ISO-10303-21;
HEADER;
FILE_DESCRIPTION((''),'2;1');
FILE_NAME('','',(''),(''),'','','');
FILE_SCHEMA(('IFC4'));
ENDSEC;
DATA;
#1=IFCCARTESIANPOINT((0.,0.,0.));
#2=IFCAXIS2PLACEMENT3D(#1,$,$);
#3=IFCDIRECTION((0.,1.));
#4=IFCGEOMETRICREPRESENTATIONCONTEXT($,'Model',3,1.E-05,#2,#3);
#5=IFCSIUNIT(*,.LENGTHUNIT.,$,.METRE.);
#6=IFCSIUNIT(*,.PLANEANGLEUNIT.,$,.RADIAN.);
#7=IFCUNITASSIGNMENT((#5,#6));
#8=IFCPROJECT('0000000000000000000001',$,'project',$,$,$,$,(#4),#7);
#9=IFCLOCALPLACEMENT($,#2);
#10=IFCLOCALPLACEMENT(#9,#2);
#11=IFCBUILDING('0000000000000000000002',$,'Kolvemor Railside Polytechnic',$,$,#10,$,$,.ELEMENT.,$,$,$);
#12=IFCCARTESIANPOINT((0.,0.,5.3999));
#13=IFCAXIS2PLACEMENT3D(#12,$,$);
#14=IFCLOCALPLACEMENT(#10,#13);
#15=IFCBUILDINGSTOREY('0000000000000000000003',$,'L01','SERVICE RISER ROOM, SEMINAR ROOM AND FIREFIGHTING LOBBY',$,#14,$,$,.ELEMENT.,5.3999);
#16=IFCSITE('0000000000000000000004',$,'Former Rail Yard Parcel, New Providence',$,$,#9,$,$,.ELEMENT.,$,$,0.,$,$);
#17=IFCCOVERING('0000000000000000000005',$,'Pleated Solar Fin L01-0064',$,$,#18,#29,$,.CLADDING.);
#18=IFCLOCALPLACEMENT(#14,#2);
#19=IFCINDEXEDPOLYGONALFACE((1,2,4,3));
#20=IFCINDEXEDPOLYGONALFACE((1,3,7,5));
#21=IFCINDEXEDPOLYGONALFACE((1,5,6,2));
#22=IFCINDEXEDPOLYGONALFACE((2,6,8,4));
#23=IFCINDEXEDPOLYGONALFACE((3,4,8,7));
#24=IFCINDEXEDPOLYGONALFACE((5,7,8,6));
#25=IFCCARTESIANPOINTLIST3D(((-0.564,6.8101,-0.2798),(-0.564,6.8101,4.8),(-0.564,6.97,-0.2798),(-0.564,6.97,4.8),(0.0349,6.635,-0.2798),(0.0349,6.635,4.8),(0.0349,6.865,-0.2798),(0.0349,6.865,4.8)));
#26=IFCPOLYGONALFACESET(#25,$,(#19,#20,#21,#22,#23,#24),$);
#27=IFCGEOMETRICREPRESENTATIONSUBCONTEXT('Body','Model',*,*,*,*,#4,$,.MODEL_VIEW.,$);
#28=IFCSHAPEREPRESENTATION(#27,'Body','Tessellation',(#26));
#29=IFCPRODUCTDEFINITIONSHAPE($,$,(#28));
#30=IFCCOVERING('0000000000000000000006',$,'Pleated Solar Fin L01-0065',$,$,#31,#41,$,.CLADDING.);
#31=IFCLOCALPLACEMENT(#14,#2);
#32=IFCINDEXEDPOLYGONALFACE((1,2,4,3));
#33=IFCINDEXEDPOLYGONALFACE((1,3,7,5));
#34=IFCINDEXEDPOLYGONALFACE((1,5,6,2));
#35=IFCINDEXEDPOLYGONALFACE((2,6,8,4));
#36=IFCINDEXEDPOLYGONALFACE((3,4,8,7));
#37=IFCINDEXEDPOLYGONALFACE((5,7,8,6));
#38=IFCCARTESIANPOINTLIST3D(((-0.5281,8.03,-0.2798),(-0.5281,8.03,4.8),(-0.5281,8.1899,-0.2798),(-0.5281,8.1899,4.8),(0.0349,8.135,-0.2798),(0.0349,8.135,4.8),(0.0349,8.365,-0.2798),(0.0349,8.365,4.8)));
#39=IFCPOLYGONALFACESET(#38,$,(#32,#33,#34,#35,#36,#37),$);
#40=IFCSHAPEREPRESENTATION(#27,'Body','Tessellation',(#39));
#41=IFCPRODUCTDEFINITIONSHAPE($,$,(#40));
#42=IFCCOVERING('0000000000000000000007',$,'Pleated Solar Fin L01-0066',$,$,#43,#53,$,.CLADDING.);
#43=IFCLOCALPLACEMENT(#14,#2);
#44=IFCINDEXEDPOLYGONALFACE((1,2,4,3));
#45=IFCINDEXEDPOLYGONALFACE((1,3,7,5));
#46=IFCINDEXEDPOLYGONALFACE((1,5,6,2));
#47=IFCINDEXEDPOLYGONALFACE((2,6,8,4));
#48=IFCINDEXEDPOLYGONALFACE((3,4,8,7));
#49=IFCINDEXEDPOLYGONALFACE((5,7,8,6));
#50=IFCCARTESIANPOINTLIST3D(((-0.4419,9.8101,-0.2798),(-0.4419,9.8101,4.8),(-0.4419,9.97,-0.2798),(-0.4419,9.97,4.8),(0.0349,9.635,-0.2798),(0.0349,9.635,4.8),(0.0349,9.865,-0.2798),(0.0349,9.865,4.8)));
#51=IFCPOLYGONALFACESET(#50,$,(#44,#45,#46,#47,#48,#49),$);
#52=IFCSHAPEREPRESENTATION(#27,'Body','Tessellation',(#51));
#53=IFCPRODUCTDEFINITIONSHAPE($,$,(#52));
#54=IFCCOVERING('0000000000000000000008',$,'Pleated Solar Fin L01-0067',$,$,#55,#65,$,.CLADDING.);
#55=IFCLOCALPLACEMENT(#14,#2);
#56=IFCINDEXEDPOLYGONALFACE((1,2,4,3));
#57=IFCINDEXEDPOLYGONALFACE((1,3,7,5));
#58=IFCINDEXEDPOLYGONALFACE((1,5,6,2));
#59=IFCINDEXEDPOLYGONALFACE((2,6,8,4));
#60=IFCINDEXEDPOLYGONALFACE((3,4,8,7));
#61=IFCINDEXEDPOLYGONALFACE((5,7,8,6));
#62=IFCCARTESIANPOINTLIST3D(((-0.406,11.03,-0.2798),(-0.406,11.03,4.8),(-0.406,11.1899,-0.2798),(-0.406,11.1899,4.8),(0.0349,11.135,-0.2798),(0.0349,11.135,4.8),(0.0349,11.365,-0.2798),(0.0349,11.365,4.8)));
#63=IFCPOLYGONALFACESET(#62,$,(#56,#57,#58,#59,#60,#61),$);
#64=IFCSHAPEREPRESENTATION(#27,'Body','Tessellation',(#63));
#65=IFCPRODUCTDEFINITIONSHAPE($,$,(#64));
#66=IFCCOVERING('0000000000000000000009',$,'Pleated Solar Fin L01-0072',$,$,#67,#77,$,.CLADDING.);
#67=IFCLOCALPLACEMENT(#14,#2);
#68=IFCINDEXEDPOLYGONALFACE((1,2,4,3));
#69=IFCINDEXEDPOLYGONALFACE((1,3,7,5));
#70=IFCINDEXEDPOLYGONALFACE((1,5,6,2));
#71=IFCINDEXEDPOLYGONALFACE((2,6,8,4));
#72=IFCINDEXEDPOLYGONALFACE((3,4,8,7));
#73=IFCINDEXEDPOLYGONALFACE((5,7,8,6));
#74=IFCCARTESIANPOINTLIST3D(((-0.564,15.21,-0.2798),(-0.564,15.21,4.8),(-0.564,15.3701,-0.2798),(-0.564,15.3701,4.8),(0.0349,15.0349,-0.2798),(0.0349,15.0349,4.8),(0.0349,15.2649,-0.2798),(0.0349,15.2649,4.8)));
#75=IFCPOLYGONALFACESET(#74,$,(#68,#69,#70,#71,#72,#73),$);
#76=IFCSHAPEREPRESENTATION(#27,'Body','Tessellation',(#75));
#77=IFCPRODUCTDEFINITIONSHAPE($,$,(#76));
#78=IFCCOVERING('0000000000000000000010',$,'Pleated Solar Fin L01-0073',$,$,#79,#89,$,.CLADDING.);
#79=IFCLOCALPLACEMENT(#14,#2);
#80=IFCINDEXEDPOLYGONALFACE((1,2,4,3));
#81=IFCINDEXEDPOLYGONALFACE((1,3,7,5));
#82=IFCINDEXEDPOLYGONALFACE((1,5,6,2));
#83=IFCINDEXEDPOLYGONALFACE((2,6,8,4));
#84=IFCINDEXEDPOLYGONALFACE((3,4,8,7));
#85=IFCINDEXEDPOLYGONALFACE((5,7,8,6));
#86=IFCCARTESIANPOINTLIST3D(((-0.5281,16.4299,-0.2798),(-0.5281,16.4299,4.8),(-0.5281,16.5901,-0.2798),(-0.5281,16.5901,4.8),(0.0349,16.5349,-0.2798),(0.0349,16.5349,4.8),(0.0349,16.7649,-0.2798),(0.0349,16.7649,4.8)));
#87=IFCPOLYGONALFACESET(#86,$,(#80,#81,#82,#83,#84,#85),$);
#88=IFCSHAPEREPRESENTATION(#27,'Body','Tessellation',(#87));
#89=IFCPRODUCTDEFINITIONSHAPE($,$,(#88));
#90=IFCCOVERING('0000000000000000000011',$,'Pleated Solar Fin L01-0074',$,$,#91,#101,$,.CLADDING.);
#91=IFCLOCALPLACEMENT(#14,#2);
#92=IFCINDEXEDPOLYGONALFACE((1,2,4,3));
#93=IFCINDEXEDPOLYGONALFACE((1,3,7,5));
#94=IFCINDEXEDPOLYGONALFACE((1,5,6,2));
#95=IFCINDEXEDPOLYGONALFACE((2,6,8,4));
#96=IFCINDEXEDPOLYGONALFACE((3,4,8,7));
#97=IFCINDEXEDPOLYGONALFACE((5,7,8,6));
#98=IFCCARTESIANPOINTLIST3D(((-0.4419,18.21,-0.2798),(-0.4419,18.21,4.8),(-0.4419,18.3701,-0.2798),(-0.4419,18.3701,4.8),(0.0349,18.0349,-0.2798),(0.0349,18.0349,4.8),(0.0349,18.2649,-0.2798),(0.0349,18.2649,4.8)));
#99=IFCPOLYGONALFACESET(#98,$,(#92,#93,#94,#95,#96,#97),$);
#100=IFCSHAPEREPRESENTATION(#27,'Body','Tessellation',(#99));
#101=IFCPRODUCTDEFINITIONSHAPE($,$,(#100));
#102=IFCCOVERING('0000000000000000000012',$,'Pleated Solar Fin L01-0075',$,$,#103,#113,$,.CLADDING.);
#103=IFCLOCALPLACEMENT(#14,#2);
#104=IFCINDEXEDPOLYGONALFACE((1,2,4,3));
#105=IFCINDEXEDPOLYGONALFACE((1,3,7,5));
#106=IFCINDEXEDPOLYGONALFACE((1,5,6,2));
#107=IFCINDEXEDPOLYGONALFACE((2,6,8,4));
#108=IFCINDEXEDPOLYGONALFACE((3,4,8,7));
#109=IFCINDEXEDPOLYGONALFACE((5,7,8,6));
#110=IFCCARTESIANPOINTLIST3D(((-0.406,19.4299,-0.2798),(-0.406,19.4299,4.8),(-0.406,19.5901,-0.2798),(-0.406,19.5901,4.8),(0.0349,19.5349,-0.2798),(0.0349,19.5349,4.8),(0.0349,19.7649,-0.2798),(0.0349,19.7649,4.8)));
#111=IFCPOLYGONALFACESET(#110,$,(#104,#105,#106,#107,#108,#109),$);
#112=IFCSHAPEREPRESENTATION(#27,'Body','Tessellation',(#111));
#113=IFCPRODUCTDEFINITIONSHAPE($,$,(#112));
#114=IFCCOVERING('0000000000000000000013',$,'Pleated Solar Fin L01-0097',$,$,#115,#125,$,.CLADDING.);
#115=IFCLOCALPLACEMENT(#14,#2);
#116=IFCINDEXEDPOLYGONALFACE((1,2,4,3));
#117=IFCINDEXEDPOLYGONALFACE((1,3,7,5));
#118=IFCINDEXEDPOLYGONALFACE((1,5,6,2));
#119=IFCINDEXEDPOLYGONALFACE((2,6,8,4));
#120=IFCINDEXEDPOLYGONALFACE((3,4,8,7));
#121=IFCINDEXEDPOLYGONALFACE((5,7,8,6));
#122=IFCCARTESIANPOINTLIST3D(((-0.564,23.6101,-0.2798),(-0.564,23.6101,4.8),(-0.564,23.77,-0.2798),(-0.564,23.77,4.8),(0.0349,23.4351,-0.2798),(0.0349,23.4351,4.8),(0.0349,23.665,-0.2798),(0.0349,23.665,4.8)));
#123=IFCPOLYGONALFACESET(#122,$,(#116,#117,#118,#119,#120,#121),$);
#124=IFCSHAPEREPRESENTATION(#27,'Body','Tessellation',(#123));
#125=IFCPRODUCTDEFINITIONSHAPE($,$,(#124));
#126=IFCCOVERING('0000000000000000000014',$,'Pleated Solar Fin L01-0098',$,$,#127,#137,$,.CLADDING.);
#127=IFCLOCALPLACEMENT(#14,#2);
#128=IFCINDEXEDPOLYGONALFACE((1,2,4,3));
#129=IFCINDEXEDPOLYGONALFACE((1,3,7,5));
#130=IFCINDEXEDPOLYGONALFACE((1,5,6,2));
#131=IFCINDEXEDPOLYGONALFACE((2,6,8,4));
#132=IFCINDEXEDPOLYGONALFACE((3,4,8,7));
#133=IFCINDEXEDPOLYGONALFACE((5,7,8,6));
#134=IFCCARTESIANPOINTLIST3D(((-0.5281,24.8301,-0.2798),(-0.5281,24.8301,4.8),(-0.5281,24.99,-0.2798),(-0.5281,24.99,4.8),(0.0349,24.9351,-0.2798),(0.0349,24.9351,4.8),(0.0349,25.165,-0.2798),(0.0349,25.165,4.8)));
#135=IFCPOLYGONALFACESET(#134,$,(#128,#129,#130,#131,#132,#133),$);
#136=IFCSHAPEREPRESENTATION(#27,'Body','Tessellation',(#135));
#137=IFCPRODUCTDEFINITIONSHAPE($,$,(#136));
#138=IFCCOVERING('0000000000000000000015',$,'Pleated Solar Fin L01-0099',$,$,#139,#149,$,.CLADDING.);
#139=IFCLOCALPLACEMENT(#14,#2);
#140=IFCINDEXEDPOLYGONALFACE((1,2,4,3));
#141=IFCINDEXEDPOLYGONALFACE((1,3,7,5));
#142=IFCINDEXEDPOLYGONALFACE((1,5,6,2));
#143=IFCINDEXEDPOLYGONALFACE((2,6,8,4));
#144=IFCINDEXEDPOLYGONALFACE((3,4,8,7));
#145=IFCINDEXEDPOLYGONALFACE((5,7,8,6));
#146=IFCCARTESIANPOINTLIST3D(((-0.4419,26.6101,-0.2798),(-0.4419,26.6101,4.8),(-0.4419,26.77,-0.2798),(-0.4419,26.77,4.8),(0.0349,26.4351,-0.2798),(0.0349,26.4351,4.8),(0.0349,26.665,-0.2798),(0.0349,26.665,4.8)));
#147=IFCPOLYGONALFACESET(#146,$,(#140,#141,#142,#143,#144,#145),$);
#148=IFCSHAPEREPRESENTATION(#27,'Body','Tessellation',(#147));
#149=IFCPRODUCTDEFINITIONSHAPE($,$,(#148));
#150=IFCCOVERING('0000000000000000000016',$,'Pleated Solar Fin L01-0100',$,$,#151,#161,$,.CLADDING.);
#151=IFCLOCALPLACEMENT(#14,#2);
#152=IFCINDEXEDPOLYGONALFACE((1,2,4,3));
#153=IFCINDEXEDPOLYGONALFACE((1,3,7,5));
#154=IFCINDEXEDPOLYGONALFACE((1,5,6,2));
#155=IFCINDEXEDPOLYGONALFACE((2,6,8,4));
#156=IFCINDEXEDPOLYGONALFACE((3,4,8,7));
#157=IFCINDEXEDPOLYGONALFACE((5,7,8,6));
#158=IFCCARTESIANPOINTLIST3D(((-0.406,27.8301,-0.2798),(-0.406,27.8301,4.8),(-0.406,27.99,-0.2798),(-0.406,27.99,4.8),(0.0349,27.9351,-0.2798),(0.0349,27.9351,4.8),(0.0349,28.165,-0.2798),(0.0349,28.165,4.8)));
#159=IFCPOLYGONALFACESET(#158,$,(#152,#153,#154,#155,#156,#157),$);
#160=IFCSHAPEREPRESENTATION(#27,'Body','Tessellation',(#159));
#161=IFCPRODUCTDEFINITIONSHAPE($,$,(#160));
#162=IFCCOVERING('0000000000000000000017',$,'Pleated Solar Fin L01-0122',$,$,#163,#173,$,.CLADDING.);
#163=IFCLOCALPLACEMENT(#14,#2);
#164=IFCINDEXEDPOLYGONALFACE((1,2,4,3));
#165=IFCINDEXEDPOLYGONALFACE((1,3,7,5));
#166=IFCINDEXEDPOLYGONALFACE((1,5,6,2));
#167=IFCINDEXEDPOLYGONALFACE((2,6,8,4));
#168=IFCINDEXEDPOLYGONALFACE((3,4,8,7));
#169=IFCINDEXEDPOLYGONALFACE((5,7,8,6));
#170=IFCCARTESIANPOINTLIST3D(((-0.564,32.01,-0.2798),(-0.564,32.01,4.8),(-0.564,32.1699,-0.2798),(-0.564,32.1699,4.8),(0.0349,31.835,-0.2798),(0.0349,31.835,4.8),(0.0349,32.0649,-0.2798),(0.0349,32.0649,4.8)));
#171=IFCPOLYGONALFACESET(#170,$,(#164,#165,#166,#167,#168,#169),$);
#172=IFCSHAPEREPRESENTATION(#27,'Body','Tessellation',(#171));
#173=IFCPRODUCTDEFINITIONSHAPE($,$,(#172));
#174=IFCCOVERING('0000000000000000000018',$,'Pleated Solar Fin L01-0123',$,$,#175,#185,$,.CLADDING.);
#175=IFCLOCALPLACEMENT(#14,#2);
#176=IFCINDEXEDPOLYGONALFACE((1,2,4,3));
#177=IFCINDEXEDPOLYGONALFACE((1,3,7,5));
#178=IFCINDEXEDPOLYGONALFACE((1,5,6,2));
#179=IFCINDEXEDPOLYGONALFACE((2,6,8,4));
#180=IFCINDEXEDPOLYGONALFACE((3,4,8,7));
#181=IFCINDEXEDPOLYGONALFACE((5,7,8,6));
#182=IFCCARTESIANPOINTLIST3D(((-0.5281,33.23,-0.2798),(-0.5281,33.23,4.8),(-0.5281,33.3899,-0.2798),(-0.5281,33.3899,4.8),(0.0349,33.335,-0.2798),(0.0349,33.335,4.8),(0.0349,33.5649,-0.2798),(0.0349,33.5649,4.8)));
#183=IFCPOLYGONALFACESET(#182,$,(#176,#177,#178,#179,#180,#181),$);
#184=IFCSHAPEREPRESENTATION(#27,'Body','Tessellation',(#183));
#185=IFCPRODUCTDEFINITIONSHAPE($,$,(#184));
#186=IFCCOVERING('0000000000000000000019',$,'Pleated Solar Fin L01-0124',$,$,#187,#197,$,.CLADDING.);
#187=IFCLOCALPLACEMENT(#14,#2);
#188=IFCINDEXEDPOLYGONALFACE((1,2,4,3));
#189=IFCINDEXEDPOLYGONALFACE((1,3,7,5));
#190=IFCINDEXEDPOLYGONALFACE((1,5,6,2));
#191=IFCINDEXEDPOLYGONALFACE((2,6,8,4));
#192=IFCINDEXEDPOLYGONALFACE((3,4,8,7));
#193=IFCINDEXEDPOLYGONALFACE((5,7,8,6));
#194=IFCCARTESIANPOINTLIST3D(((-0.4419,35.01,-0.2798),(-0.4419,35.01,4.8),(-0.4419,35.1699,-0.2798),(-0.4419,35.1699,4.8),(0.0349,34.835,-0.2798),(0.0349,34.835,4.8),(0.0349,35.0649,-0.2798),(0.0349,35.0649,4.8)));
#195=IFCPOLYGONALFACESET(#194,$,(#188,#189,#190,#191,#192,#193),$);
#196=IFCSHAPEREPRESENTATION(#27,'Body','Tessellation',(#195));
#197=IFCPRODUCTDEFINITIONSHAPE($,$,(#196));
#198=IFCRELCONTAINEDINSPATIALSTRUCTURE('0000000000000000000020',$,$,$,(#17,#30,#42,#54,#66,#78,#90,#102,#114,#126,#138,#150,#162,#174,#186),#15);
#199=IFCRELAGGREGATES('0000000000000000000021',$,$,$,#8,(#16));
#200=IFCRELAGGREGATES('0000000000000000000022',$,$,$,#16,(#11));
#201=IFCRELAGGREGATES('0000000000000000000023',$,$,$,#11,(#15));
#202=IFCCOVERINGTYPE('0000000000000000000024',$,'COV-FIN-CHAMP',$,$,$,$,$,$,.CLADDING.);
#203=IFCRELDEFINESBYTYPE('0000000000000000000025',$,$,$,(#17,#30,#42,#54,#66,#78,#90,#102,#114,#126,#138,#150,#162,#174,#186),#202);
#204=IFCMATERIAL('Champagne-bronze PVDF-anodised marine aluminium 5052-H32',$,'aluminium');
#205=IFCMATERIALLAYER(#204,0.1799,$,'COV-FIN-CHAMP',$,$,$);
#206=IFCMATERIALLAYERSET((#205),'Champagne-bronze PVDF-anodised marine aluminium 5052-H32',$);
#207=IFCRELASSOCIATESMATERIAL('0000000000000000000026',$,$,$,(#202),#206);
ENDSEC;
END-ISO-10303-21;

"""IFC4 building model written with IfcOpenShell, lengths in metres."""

from ifc_helpers import new_model, si_unit, direction, frame, origin, place, context, subcontext, project, spatial, polyline, outline, extrude, material, layer, layer_set, type_object, element, save


model = new_model("IFC4")

# Units and contexts
model_context = context("Model", 3, precision=1e-05, world=origin(), true_north=direction((0.0, 1.0)))
body_context = subcontext(model_context, "Body", "Model", "MODEL_VIEW")
ifc_project = project(units=[si_unit("LENGTHUNIT", "METRE"), si_unit("PLANEANGLEUNIT", "RADIAN")], contexts=[model_context])

# Site, building, storey
site_placement = place(None, origin())
site = spatial("IfcSite", under=ifc_project, at=site_placement, Name="Former Rail Yard Parcel, New Providence", CompositionType="ELEMENT", RefElevation=0.0)
building_placement = place(site_placement, origin())
building = spatial("IfcBuilding", under=site, at=building_placement, Name="Kolvemor Railside Polytechnic", CompositionType="ELEMENT")
storey_placement = place(building_placement, frame((0.0, 0.0, 5.3999)))
storey = spatial("IfcBuildingStorey", under=building, at=storey_placement, Name="L01", Description="SERVICE RISER ROOM, SEMINAR ROOM AND FIREFIGHTING LOBBY", CompositionType="ELEMENT", Elevation=5.3999)

# Coverings
ifc_material_1 = material(Name="Champagne-bronze PVDF-anodised marine aluminium 5052-H32", Category="aluminium")
ifc_layer_1 = layer(ifc_material_1, 0.1799, Name="COV-FIN-CHAMP")
ifc_layer_set_1 = layer_set([ifc_layer_1], Name="Champagne-bronze PVDF-anodised marine aluminium 5052-H32")
covering_type_1 = type_object("IfcCoveringType", Name="COV-FIN-CHAMP", PredefinedType="CLADDING", material=ifc_layer_set_1)
covering_1_placement = place(storey_placement, frame((0.0, 0.0, -0.2798)))
element("IfcCovering", 1, at=covering_1_placement, inside=storey, type_object=covering_type_1, Name="Pleated Solar Fin L01-0064", PredefinedType="CLADDING", context=body_context, shape_type="SweptSolid", body=[
    extrude(outline(polyline([(0.0349, 6.635), (0.0349, 6.865), (-0.564, 6.97), (-0.564, 6.8101), (0.0349, 6.635)])), origin(), (0.0, 0.0, 1.0), 5.0798),
])
covering_2_placement = place(storey_placement, frame((0.0, 0.0, -0.2798)))
element("IfcCovering", 2, at=covering_2_placement, inside=storey, type_object=covering_type_1, Name="Pleated Solar Fin L01-0065", PredefinedType="CLADDING", context=body_context, shape_type="SweptSolid", body=[
    extrude(outline(polyline([(0.0349, 8.135), (0.0349, 8.365), (-0.5281, 8.1899), (-0.5281, 8.03), (0.0349, 8.135)])), origin(), (0.0, 0.0, 1.0), 5.0798),
])
covering_3_placement = place(storey_placement, frame((0.0, 0.0, -0.2798)))
element("IfcCovering", 3, at=covering_3_placement, inside=storey, type_object=covering_type_1, Name="Pleated Solar Fin L01-0066", PredefinedType="CLADDING", context=body_context, shape_type="SweptSolid", body=[
    extrude(outline(polyline([(0.0349, 9.635), (0.0349, 9.865), (-0.4419, 9.97), (-0.4419, 9.8101), (0.0349, 9.635)])), origin(), (0.0, 0.0, 1.0), 5.0798),
])
covering_4_placement = place(storey_placement, frame((0.0, 0.0, -0.2798)))
element("IfcCovering", 4, at=covering_4_placement, inside=storey, type_object=covering_type_1, Name="Pleated Solar Fin L01-0067", PredefinedType="CLADDING", context=body_context, shape_type="SweptSolid", body=[
    extrude(outline(polyline([(0.0349, 11.135), (0.0349, 11.365), (-0.406, 11.1899), (-0.406, 11.03), (0.0349, 11.135)])), origin(), (0.0, 0.0, 1.0), 5.0798),
])
covering_5_placement = place(storey_placement, frame((0.0, 0.0, -0.2798)))
element("IfcCovering", 5, at=covering_5_placement, inside=storey, type_object=covering_type_1, Name="Pleated Solar Fin L01-0072", PredefinedType="CLADDING", context=body_context, shape_type="SweptSolid", body=[
    extrude(outline(polyline([(0.0349, 15.0349), (0.0349, 15.2649), (-0.564, 15.3701), (-0.564, 15.21), (0.0349, 15.0349)])), origin(), (0.0, 0.0, 1.0), 5.0798),
])
covering_6_placement = place(storey_placement, frame((0.0, 0.0, -0.2798)))
element("IfcCovering", 6, at=covering_6_placement, inside=storey, type_object=covering_type_1, Name="Pleated Solar Fin L01-0073", PredefinedType="CLADDING", context=body_context, shape_type="SweptSolid", body=[
    extrude(outline(polyline([(0.0349, 16.5349), (0.0349, 16.7649), (-0.5281, 16.5901), (-0.5281, 16.4299), (0.0349, 16.5349)])), origin(), (0.0, 0.0, 1.0), 5.0798),
])
covering_7_placement = place(storey_placement, frame((0.0, 0.0, -0.2798)))
element("IfcCovering", 7, at=covering_7_placement, inside=storey, type_object=covering_type_1, Name="Pleated Solar Fin L01-0074", PredefinedType="CLADDING", context=body_context, shape_type="SweptSolid", body=[
    extrude(outline(polyline([(0.0349, 18.0349), (0.0349, 18.2649), (-0.4419, 18.3701), (-0.4419, 18.21), (0.0349, 18.0349)])), origin(), (0.0, 0.0, 1.0), 5.0798),
])
covering_8_placement = place(storey_placement, frame((0.0, 0.0, -0.2798)))
element("IfcCovering", 8, at=covering_8_placement, inside=storey, type_object=covering_type_1, Name="Pleated Solar Fin L01-0075", PredefinedType="CLADDING", context=body_context, shape_type="SweptSolid", body=[
    extrude(outline(polyline([(0.0349, 19.5349), (0.0349, 19.7649), (-0.406, 19.5901), (-0.406, 19.4299), (0.0349, 19.5349)])), origin(), (0.0, 0.0, 1.0), 5.0798),
])
covering_9_placement = place(storey_placement, frame((0.0, 0.0, -0.2798)))
element("IfcCovering", 9, at=covering_9_placement, inside=storey, type_object=covering_type_1, Name="Pleated Solar Fin L01-0097", PredefinedType="CLADDING", context=body_context, shape_type="SweptSolid", body=[
    extrude(outline(polyline([(0.0349, 23.4351), (0.0349, 23.665), (-0.564, 23.77), (-0.564, 23.6101), (0.0349, 23.4351)])), origin(), (0.0, 0.0, 1.0), 5.0798),
])
covering_10_placement = place(storey_placement, frame((0.0, 0.0, -0.2798)))
element("IfcCovering", 10, at=covering_10_placement, inside=storey, type_object=covering_type_1, Name="Pleated Solar Fin L01-0098", PredefinedType="CLADDING", context=body_context, shape_type="SweptSolid", body=[
    extrude(outline(polyline([(0.0349, 24.9351), (0.0349, 25.165), (-0.5281, 24.99), (-0.5281, 24.8301), (0.0349, 24.9351)])), origin(), (0.0, 0.0, 1.0), 5.0798),
])
covering_11_placement = place(storey_placement, frame((0.0, 0.0, -0.2798)))
element("IfcCovering", 11, at=covering_11_placement, inside=storey, type_object=covering_type_1, Name="Pleated Solar Fin L01-0099", PredefinedType="CLADDING", context=body_context, shape_type="SweptSolid", body=[
    extrude(outline(polyline([(0.0349, 26.4351), (0.0349, 26.665), (-0.4419, 26.77), (-0.4419, 26.6101), (0.0349, 26.4351)])), origin(), (0.0, 0.0, 1.0), 5.0798),
])
covering_12_placement = place(storey_placement, frame((0.0, 0.0, -0.2798)))
element("IfcCovering", 12, at=covering_12_placement, inside=storey, type_object=covering_type_1, Name="Pleated Solar Fin L01-0100", PredefinedType="CLADDING", context=body_context, shape_type="SweptSolid", body=[
    extrude(outline(polyline([(0.0349, 27.9351), (0.0349, 28.165), (-0.406, 27.99), (-0.406, 27.8301), (0.0349, 27.9351)])), origin(), (0.0, 0.0, 1.0), 5.0798),
])
covering_13_placement = place(storey_placement, frame((0.0, 0.0, -0.2798)))
element("IfcCovering", 13, at=covering_13_placement, inside=storey, type_object=covering_type_1, Name="Pleated Solar Fin L01-0122", PredefinedType="CLADDING", context=body_context, shape_type="SweptSolid", body=[
    extrude(outline(polyline([(0.0349, 31.835), (0.0349, 32.0649), (-0.564, 32.1699), (-0.564, 32.01), (0.0349, 31.835)])), origin(), (0.0, 0.0, 1.0), 5.0798),
])
covering_14_placement = place(storey_placement, frame((0.0, 0.0, -0.2798)))
element("IfcCovering", 14, at=covering_14_placement, inside=storey, type_object=covering_type_1, Name="Pleated Solar Fin L01-0123", PredefinedType="CLADDING", context=body_context, shape_type="SweptSolid", body=[
    extrude(outline(polyline([(0.0349, 33.335), (0.0349, 33.5649), (-0.5281, 33.3899), (-0.5281, 33.23), (0.0349, 33.335)])), origin(), (0.0, 0.0, 1.0), 5.0798),
])
covering_15_placement = place(storey_placement, frame((0.0, 0.0, -0.2798)))
element("IfcCovering", 15, at=covering_15_placement, inside=storey, type_object=covering_type_1, Name="Pleated Solar Fin L01-0124", PredefinedType="CLADDING", context=body_context, shape_type="SweptSolid", body=[
    extrude(outline(polyline([(0.0349, 34.835), (0.0349, 35.0649), (-0.4419, 35.1699), (-0.4419, 35.01), (0.0349, 34.835)])), origin(), (0.0, 0.0, 1.0), 5.0798),
])

save(model, "model.ifc")
